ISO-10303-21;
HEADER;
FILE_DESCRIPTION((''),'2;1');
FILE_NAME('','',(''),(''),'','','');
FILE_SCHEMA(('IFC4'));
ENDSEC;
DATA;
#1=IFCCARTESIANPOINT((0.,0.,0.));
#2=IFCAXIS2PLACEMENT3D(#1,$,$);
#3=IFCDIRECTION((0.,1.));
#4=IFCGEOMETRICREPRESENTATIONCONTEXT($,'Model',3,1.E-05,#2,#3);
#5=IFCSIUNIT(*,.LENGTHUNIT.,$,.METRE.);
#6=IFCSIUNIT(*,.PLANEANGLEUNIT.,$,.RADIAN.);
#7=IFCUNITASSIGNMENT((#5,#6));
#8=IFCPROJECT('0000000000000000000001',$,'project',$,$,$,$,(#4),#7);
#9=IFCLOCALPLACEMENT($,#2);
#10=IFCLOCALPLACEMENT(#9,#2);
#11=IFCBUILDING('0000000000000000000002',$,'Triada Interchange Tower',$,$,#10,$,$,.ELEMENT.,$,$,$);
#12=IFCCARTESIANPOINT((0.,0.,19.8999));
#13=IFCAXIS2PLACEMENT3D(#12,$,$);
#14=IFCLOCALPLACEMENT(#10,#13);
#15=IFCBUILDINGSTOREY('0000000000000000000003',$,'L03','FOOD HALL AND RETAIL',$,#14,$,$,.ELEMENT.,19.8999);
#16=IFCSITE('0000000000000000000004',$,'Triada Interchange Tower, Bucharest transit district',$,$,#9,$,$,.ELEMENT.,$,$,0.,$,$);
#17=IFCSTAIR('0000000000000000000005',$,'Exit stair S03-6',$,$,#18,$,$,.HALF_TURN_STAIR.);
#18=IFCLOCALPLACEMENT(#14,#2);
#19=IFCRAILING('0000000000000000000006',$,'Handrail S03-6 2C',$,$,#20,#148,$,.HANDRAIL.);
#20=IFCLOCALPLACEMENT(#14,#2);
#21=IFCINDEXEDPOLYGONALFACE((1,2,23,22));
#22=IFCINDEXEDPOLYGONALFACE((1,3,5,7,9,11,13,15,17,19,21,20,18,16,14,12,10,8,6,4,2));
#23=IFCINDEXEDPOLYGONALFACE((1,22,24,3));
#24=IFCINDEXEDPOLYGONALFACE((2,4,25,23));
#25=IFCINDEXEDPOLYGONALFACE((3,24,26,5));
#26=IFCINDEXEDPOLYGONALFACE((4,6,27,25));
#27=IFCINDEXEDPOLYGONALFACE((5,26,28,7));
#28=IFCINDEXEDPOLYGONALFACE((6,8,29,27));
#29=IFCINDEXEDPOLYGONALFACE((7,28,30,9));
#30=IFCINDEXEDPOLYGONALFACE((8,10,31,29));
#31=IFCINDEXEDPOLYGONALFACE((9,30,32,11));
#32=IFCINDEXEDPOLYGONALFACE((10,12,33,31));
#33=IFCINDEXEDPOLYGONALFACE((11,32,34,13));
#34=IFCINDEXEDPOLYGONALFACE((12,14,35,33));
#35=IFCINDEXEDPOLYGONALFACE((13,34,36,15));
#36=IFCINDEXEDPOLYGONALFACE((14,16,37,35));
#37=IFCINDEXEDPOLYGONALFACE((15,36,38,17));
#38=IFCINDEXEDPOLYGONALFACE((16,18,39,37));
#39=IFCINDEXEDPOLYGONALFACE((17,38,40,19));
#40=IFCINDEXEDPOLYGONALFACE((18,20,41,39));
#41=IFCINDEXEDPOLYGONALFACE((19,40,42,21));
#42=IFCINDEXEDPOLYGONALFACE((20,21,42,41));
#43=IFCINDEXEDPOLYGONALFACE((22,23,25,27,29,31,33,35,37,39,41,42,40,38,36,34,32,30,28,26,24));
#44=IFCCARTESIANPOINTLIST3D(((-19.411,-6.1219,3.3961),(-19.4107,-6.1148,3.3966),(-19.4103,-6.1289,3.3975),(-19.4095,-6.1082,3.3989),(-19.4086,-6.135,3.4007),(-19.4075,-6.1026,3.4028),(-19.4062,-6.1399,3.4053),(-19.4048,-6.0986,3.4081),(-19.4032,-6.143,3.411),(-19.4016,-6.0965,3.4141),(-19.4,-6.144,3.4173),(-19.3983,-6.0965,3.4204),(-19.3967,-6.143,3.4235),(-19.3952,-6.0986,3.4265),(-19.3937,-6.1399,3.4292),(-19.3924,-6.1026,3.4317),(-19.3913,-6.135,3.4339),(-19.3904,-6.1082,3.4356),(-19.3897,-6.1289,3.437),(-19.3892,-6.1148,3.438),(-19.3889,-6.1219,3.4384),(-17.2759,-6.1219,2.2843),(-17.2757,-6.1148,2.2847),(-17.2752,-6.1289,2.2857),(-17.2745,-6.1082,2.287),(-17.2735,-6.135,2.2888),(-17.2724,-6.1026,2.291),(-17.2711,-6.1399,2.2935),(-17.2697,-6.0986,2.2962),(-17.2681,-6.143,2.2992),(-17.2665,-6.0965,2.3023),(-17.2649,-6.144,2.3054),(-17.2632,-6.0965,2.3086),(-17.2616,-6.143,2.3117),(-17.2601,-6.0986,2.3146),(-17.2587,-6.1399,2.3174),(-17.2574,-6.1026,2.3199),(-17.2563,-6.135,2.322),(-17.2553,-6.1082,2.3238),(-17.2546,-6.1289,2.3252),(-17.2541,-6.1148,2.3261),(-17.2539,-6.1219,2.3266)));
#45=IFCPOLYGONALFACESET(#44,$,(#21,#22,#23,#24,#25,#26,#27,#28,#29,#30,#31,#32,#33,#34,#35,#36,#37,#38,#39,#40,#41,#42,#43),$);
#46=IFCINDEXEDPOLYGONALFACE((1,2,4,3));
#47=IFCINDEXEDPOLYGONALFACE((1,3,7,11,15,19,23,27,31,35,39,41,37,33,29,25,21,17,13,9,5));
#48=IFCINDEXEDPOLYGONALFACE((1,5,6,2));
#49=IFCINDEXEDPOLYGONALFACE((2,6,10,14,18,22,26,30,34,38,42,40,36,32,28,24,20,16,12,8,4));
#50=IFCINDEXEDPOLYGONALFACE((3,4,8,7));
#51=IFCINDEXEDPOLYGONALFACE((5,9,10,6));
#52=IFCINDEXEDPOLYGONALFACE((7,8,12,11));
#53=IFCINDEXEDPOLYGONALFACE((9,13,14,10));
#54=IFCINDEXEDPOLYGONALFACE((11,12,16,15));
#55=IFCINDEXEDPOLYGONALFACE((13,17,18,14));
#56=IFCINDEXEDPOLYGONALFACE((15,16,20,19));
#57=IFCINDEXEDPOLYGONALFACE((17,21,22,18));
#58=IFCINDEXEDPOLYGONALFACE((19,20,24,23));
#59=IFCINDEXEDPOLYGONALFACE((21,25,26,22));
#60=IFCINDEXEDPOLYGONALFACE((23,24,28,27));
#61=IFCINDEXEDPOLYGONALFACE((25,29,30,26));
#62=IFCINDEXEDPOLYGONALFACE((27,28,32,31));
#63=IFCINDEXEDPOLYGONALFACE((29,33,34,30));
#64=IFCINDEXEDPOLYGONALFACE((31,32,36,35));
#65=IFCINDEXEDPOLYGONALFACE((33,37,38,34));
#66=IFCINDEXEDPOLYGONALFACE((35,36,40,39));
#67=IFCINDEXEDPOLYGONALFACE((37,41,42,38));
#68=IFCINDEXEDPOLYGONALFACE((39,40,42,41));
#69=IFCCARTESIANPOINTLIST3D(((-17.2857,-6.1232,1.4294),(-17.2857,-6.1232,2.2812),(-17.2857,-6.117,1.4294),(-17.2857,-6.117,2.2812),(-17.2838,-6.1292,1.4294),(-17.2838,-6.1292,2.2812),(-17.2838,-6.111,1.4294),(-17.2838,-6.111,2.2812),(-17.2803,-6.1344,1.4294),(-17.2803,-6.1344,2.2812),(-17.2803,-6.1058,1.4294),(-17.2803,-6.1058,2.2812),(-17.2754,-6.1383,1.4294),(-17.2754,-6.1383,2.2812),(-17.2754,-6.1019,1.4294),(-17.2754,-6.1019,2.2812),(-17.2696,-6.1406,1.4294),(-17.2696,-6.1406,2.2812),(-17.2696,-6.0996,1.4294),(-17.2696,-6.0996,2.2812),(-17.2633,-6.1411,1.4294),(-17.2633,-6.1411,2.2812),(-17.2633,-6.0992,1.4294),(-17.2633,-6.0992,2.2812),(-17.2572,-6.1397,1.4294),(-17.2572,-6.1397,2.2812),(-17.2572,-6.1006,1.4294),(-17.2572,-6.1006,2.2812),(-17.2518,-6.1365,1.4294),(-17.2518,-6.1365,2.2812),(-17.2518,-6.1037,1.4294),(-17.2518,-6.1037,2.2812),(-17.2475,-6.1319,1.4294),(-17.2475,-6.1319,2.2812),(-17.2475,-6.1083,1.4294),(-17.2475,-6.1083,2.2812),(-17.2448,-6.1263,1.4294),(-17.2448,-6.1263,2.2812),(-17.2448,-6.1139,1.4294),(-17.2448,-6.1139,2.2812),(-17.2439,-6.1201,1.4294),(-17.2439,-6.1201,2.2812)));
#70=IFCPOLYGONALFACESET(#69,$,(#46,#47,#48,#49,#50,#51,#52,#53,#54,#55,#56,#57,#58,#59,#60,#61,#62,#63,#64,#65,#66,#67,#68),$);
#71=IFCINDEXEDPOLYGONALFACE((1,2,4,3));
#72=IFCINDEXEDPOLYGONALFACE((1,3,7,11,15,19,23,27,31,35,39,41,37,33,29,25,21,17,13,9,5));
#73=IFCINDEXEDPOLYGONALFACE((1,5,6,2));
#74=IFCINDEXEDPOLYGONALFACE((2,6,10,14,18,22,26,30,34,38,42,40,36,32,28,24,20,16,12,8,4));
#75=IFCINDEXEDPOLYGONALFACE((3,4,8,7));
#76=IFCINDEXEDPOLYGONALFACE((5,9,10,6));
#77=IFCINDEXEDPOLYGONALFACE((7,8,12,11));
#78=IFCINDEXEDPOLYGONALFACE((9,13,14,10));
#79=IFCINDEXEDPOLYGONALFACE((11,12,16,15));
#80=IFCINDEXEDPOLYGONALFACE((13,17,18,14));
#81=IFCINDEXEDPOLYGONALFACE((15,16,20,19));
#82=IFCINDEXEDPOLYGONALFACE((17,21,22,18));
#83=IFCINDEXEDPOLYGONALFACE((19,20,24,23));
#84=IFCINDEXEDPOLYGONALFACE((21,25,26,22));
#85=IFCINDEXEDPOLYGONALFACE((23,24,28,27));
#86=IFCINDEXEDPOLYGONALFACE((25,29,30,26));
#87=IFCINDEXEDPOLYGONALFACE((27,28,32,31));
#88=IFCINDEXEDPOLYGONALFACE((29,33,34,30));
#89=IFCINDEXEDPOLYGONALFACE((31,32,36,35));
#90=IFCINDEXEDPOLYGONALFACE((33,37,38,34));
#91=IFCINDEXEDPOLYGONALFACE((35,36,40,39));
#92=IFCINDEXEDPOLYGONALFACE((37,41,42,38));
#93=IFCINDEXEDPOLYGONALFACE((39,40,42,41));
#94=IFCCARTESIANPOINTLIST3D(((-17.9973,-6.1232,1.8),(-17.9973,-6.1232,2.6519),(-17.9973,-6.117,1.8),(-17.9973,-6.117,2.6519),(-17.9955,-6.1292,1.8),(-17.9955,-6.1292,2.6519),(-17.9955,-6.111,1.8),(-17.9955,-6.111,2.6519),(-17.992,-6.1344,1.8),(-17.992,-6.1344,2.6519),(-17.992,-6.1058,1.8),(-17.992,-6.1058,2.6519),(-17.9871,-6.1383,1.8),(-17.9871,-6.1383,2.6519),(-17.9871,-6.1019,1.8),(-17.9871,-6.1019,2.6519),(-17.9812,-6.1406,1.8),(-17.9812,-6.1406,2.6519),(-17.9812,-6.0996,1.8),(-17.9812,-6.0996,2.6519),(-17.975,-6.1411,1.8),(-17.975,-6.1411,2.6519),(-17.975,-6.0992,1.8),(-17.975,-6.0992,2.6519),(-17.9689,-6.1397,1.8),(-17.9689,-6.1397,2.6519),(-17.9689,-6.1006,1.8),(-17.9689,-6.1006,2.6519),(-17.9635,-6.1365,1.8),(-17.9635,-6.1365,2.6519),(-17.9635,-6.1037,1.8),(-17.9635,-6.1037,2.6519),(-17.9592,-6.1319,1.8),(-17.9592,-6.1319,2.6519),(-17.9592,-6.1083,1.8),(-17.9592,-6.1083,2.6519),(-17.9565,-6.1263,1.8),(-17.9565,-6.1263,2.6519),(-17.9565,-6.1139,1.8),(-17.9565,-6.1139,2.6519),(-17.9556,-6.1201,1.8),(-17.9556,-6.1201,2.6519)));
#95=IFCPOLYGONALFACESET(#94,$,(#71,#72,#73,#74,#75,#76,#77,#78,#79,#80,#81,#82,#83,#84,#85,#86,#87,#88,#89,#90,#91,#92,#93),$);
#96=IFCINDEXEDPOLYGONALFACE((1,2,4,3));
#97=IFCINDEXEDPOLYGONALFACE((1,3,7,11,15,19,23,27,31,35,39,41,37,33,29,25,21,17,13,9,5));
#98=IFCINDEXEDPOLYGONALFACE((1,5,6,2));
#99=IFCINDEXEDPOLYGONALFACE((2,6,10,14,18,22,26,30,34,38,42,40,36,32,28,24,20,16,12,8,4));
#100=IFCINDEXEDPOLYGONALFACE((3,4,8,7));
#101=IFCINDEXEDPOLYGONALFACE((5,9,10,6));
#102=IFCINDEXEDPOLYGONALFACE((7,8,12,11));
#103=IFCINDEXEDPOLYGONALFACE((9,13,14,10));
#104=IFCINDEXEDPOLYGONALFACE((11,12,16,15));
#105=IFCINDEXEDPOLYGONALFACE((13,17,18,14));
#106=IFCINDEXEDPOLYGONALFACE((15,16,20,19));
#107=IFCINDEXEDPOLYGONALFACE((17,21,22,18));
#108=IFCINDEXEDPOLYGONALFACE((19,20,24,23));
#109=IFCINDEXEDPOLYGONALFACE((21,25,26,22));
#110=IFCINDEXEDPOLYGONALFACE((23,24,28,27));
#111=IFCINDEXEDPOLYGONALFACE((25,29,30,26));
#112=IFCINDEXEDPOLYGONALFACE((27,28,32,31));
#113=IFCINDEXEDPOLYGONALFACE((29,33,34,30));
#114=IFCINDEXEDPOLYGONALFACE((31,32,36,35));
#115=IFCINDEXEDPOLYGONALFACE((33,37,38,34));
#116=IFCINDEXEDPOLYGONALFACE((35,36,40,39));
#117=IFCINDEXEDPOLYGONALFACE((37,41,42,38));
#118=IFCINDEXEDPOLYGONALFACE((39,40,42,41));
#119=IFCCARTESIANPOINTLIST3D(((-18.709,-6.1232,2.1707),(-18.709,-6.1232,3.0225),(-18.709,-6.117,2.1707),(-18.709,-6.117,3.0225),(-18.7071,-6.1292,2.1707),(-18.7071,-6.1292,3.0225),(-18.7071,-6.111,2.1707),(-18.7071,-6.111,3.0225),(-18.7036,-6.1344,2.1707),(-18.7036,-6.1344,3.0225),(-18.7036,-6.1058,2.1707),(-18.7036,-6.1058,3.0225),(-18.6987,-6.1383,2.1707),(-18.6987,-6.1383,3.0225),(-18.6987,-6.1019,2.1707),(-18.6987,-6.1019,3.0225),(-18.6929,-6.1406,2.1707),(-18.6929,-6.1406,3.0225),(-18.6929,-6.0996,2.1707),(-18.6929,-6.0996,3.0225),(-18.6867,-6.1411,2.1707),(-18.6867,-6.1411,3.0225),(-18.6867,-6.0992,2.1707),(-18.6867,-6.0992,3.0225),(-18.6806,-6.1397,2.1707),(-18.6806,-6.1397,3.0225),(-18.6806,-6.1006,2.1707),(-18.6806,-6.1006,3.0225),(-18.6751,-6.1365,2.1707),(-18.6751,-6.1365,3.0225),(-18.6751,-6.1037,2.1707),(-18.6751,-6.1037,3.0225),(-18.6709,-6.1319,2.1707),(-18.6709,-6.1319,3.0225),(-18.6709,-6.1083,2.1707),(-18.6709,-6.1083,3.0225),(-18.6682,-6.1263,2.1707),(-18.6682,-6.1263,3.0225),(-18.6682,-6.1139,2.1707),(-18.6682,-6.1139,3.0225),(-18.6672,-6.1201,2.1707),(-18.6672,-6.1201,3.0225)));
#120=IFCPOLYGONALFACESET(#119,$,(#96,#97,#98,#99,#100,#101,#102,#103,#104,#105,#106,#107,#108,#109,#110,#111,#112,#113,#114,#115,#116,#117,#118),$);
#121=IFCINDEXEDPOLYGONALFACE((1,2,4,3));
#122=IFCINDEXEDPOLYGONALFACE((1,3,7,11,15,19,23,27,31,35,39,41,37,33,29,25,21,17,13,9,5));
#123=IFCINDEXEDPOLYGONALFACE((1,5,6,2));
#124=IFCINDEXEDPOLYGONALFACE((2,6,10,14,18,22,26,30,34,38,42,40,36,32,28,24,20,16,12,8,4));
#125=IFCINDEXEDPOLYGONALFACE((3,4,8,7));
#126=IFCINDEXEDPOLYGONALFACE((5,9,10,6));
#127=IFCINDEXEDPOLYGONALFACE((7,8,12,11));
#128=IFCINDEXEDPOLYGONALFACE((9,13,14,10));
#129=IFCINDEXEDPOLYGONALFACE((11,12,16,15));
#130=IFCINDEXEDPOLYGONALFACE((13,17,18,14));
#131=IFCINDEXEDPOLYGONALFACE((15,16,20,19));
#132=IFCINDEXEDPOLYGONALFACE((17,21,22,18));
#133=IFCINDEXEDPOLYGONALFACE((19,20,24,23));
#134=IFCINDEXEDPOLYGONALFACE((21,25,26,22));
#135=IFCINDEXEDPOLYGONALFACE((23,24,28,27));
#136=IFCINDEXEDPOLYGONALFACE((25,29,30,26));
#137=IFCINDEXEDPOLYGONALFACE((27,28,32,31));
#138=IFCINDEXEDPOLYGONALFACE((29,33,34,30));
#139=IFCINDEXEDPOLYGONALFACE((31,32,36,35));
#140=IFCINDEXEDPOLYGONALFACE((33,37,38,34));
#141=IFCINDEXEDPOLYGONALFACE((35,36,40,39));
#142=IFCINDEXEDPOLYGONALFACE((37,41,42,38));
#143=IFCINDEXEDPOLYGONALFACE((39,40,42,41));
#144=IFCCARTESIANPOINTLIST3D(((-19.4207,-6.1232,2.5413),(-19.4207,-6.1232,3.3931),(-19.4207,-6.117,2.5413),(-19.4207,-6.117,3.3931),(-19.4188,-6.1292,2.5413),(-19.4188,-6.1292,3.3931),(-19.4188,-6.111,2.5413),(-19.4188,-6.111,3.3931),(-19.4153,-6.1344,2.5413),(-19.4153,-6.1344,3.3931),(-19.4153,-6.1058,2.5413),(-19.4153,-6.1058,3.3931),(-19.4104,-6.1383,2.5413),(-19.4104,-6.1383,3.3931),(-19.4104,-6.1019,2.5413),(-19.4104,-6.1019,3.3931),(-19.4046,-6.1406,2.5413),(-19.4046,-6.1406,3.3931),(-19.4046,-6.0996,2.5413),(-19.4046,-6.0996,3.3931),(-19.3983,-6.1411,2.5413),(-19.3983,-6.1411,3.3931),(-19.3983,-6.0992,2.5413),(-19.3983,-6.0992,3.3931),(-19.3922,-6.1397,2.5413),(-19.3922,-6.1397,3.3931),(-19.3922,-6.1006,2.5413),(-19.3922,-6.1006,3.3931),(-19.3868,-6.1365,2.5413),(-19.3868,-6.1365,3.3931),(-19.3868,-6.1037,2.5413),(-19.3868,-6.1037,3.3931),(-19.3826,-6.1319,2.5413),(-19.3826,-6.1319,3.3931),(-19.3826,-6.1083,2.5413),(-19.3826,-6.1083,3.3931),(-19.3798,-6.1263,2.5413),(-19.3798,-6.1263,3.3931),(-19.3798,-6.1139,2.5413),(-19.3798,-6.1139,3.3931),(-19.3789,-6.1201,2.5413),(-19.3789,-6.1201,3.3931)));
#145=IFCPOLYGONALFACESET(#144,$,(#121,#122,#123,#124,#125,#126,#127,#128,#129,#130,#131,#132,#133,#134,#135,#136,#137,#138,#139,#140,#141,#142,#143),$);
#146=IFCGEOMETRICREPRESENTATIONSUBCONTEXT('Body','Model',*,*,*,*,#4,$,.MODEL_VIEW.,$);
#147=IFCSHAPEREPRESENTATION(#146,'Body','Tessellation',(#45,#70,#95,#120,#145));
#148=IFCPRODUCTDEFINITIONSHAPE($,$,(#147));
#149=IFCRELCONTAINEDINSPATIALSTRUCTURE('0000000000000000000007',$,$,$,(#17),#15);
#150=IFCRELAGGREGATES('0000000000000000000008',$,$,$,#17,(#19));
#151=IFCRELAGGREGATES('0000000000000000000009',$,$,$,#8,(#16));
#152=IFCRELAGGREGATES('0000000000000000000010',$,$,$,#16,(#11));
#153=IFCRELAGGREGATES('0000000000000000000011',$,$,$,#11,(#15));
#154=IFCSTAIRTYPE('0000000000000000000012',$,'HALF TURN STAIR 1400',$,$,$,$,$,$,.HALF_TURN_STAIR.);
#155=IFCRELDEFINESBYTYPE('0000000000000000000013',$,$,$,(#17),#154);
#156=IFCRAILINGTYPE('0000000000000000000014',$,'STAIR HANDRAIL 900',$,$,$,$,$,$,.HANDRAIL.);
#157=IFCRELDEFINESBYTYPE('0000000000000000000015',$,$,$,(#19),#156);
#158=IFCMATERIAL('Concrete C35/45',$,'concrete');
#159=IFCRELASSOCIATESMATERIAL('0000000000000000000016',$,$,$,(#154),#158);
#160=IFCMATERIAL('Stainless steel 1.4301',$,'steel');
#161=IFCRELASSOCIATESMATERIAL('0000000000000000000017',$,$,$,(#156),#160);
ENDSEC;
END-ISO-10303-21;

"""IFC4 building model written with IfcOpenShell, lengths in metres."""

from ifc_helpers import new_model, si_unit, direction, frame, origin, origin_2d, place, context, subcontext, project, spatial, circle, extrude, material, type_object, element, aggregate, save


model = new_model("IFC4")

# Units and contexts
model_context = context("Model", 3, precision=1e-05, world=origin(), true_north=direction((0.0, 1.0)))
body_context = subcontext(model_context, "Body", "Model", "MODEL_VIEW")
ifc_project = project(units=[si_unit("LENGTHUNIT", "METRE"), si_unit("PLANEANGLEUNIT", "RADIAN")], contexts=[model_context])

# Site, building, storey
site_placement = place(None, origin())
site = spatial("IfcSite", under=ifc_project, at=site_placement, Name="Triada Interchange Tower, Bucharest transit district", CompositionType="ELEMENT", RefElevation=0.0)
building_placement = place(site_placement, origin())
building = spatial("IfcBuilding", under=site, at=building_placement, Name="Triada Interchange Tower", CompositionType="ELEMENT")
storey_placement = place(building_placement, frame((0.0, 0.0, 19.8999)))
storey = spatial("IfcBuildingStorey", under=building, at=storey_placement, Name="L03", Description="FOOD HALL AND RETAIL", CompositionType="ELEMENT", Elevation=19.8999)

# Stair, railing
ifc_material_1 = material(Name="Concrete C35/45", Category="concrete")
stair_type = type_object("IfcStairType", Name="HALF TURN STAIR 1400", PredefinedType="HALF_TURN_STAIR", material=ifc_material_1)
stair_placement = place(storey_placement, origin())
stair = element("IfcStair", 1, at=stair_placement, inside=storey, type_object=stair_type, Name="Exit stair S03-6", PredefinedType="HALF_TURN_STAIR")
ifc_material_2 = material(Name="Stainless steel 1.4301", Category="steel")
railing_type = type_object("IfcRailingType", Name="STAIR HANDRAIL 900", PredefinedType="HANDRAIL", material=ifc_material_2)
railing_1_placement = place(storey_placement, frame((-17.2649, -6.1201, 1.4294)))
railing_1 = element("IfcRailing", 2, at=railing_1_placement, type_object=railing_type, Name="Handrail S03-6 2C", PredefinedType="HANDRAIL", context=body_context, shape_type="SweptSolid", body=[
    extrude(circle(Radius=0.0239, at=origin_2d()), frame((0.0, 0.0, 0.876), z_axis=(-0.886943, 0.0, 0.46188), x_axis=(0.0, -1.0, 0.0)), (0.0, 0.0, 1.0), 2.4072),
    extrude(circle(Radius=0.021, at=origin_2d()), origin(), (0.0, 0.0, 1.0), 0.8518),
    extrude(circle(Radius=0.021, at=origin_2d()), frame((-0.7117, 0.0, 0.3706)), (0.0, 0.0, 1.0), 0.8518),
    extrude(circle(Radius=0.021, at=origin_2d()), frame((-1.4233, 0.0, 0.7412)), (0.0, 0.0, 1.0), 0.8518),
    extrude(circle(Radius=0.021, at=origin_2d()), frame((-2.135, 0.0, 1.1118)), (0.0, 0.0, 1.0), 0.8518),
])
aggregate(stair, [railing_1])

save(model, "model.ifc")
